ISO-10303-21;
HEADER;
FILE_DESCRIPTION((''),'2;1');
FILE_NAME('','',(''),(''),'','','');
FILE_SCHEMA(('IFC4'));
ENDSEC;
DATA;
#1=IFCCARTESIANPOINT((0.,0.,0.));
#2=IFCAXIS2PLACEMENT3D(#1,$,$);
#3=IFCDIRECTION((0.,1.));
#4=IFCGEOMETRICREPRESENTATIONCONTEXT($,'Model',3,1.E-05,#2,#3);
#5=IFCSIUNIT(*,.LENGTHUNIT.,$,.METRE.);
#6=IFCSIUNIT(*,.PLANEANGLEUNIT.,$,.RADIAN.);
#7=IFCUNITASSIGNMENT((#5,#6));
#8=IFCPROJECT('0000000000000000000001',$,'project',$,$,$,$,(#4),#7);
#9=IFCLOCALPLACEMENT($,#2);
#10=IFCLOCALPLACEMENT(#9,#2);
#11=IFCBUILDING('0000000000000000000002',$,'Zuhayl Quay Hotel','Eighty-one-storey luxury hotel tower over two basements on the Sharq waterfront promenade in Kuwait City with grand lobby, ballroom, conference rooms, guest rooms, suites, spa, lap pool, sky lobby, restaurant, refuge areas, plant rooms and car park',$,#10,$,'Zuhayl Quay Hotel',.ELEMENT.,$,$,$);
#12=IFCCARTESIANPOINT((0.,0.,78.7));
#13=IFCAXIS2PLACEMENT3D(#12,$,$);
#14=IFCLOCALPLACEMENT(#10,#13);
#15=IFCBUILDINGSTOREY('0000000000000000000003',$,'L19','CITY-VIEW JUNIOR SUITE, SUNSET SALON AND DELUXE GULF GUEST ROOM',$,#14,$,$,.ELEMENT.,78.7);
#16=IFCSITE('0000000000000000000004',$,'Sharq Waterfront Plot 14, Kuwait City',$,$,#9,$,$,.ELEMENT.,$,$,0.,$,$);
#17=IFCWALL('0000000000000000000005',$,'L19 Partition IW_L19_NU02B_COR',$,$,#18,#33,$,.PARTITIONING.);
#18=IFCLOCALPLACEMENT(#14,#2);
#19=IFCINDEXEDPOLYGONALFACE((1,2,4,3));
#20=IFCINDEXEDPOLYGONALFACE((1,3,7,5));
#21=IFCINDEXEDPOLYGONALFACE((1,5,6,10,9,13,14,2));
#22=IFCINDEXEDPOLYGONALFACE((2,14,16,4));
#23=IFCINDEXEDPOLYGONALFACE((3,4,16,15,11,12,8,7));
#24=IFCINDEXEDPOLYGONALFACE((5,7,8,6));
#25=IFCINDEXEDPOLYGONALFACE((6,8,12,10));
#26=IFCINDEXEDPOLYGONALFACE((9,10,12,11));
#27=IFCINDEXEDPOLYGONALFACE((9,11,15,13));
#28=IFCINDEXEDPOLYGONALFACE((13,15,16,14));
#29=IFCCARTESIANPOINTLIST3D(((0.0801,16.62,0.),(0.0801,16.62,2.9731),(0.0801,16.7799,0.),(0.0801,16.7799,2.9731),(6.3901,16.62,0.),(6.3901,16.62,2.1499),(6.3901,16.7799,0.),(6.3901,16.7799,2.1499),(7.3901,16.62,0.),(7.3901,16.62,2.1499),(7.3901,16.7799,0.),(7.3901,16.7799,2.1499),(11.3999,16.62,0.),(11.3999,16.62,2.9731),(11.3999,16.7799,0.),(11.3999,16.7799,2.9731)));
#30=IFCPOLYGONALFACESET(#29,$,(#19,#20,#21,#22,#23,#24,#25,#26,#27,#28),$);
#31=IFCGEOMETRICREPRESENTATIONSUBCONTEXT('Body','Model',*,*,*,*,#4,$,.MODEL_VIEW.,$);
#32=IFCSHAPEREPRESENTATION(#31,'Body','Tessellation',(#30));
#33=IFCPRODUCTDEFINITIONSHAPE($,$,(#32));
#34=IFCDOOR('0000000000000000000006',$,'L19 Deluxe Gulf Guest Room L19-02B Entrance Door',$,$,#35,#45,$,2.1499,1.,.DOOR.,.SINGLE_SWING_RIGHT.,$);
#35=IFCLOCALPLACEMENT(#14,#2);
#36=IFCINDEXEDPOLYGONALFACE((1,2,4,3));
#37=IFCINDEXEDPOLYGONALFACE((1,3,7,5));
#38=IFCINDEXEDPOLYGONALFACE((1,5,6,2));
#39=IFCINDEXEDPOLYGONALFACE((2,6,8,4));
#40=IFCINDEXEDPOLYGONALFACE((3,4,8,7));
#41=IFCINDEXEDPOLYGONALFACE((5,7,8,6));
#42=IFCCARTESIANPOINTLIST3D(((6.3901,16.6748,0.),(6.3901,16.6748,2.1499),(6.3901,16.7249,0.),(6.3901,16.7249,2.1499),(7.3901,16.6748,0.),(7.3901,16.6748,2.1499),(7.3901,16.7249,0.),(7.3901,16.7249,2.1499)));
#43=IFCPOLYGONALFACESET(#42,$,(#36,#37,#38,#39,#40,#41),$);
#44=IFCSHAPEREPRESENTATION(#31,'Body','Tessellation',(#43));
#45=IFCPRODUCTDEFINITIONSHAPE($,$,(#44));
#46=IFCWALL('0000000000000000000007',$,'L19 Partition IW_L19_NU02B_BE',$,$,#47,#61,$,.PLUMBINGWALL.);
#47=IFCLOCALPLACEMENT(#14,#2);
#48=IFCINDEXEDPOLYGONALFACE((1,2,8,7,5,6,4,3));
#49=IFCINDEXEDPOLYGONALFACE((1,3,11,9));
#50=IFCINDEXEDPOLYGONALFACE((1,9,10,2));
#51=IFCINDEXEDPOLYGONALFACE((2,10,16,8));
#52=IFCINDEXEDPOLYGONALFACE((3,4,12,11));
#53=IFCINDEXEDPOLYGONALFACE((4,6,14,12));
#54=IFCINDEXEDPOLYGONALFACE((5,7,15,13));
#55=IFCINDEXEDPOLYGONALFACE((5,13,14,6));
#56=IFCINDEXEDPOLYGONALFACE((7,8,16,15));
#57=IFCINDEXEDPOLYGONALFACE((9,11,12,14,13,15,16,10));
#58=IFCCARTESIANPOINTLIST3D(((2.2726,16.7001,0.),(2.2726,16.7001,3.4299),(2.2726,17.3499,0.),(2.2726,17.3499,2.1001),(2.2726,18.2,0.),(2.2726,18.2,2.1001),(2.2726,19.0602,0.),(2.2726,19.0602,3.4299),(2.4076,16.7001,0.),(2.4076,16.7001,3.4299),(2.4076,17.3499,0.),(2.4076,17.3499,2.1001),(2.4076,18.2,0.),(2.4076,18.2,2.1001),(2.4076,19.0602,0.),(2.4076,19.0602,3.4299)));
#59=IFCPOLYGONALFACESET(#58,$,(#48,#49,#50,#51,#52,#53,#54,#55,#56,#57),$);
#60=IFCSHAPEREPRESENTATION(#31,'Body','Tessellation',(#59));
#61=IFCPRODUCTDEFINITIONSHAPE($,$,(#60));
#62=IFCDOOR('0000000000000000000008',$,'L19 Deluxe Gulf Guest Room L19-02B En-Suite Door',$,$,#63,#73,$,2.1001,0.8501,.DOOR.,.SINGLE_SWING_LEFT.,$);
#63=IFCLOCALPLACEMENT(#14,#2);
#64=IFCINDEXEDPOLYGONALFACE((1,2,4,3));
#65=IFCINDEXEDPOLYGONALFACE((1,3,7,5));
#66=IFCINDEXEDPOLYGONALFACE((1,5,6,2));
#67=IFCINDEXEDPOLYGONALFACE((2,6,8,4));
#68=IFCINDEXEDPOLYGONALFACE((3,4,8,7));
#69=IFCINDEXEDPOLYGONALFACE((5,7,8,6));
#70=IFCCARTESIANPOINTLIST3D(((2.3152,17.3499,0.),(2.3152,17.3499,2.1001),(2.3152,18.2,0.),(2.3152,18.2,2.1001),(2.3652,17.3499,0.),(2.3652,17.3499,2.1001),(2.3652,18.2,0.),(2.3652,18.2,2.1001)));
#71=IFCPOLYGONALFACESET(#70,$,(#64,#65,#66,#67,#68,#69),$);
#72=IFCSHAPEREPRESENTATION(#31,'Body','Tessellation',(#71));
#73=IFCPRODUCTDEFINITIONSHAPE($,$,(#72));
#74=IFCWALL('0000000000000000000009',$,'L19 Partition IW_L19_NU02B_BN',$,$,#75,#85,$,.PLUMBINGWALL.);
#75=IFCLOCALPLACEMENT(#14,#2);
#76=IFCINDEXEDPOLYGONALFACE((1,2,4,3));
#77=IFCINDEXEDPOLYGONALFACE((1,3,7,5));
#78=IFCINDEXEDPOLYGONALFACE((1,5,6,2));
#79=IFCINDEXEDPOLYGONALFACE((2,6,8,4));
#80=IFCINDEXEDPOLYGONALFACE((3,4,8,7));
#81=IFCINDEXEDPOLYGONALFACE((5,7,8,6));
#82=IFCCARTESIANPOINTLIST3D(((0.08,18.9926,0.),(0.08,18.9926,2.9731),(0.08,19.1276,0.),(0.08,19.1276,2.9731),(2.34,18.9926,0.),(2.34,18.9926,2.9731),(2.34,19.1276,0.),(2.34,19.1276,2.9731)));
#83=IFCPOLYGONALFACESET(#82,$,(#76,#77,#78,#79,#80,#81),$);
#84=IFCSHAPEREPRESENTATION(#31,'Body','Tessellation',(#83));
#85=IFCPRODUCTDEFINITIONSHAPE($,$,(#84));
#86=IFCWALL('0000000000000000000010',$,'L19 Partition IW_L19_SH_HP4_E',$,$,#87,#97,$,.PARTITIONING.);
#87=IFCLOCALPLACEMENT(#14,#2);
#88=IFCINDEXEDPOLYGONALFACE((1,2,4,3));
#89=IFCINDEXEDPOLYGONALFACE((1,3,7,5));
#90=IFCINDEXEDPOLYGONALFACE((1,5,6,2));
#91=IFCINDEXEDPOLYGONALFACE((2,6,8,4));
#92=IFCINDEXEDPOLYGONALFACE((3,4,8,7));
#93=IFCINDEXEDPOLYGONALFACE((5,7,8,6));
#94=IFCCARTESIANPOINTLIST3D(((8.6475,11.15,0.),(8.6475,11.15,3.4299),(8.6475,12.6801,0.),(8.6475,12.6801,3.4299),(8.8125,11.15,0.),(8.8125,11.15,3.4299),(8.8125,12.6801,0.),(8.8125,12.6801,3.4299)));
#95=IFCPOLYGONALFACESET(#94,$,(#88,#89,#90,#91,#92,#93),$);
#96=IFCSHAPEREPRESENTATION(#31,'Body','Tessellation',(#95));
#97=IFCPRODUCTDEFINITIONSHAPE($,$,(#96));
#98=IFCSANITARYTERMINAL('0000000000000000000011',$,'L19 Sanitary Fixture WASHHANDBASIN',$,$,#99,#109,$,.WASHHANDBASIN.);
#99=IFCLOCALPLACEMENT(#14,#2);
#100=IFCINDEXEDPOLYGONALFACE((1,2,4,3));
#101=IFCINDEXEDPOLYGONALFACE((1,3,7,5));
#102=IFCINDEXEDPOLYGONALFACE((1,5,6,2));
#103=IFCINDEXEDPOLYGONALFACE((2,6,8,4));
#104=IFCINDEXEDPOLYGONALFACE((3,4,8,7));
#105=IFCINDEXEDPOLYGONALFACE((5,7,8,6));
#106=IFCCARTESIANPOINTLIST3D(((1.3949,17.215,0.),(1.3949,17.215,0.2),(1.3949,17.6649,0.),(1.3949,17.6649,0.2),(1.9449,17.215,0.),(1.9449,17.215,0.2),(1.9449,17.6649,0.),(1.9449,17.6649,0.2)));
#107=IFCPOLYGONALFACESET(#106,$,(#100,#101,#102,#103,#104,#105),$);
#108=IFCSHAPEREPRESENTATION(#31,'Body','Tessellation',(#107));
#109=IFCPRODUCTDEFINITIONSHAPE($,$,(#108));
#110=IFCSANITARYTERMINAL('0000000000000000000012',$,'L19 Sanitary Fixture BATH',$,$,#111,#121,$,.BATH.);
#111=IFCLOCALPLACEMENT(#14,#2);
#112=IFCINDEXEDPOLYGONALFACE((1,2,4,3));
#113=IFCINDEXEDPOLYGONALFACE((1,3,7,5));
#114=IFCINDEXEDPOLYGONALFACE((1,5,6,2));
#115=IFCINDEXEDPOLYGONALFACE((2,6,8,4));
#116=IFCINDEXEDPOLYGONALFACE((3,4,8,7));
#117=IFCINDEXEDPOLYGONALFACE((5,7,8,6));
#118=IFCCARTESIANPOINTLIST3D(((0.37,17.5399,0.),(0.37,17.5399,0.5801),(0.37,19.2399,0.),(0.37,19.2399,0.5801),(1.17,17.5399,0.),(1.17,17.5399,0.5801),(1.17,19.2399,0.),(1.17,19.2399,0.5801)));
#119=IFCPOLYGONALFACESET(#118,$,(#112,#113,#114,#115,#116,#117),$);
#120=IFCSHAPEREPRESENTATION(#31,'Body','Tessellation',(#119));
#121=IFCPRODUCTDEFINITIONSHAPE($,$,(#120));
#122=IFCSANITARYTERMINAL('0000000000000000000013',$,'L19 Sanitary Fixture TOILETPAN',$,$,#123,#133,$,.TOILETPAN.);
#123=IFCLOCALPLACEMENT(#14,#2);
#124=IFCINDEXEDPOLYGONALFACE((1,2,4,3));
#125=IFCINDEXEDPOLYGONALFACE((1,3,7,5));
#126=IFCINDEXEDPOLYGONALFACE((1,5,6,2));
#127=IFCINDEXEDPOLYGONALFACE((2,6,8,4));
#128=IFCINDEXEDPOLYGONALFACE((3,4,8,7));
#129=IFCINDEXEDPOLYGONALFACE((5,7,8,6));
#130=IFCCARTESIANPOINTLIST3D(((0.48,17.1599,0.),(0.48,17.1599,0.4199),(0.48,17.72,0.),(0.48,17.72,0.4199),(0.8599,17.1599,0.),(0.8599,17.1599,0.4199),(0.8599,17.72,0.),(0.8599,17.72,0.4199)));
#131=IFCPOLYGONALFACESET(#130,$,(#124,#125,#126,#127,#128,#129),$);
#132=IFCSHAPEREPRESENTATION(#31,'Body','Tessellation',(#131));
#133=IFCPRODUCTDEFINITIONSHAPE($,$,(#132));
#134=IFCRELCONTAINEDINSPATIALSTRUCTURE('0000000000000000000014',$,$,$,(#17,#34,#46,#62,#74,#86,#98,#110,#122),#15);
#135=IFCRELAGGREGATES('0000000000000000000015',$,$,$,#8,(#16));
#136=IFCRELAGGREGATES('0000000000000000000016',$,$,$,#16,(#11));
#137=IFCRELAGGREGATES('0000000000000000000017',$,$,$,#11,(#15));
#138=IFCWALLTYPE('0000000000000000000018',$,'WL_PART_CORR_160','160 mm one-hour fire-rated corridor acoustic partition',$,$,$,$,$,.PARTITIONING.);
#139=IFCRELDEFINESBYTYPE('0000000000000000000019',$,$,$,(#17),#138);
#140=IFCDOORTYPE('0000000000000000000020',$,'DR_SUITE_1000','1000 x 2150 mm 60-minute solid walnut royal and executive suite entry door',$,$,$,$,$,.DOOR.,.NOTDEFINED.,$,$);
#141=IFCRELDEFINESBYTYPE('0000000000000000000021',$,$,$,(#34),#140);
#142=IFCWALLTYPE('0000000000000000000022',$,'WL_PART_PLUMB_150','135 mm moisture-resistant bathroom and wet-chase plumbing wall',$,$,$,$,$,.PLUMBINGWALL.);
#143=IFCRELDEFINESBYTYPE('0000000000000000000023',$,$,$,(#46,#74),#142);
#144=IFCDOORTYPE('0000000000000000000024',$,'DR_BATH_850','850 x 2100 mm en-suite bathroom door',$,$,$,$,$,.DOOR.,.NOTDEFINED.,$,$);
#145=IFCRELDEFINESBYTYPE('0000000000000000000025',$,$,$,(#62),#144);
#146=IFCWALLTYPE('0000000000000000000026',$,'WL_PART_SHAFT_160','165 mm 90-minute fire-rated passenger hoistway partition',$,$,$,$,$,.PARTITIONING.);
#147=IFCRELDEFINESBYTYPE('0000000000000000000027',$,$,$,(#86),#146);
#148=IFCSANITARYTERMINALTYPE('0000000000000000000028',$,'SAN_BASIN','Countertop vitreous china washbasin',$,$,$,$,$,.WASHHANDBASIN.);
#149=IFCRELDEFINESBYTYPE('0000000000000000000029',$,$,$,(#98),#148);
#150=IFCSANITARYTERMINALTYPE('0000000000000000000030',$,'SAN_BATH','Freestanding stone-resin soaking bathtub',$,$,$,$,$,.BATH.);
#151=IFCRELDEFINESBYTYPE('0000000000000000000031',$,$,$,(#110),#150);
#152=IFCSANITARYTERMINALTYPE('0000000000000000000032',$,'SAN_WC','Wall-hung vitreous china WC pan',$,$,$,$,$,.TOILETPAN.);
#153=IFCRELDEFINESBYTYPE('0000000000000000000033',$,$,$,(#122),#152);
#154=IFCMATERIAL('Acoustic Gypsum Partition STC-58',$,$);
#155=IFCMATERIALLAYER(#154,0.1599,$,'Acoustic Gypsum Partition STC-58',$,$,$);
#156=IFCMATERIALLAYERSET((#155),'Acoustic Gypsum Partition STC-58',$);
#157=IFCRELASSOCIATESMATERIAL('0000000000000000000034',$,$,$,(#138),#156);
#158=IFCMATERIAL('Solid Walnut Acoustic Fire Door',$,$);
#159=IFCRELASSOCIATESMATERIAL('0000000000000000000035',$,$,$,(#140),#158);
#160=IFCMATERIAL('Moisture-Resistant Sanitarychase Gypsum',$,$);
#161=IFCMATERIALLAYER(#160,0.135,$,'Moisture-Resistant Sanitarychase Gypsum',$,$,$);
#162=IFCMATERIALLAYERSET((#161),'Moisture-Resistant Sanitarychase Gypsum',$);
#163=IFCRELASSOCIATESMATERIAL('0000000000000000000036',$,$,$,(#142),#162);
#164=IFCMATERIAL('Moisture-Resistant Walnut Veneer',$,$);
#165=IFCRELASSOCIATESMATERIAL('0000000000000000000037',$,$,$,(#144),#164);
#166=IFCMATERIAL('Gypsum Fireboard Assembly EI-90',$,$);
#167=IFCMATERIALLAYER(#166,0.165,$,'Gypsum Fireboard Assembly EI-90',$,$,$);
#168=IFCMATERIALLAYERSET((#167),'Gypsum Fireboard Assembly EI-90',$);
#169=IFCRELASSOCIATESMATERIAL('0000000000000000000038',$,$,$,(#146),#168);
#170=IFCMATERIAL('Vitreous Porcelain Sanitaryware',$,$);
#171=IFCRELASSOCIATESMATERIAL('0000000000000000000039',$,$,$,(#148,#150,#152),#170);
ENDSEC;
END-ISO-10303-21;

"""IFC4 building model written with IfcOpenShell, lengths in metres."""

from ifc_helpers import new_model, si_unit, direction, frame, frame_2d, origin, origin_2d, place, context, subcontext, project, spatial, rectangle, extrude, material, layer, layer_set, type_object, element, fill, save


model = new_model("IFC4")

# Units and contexts
model_context = context("Model", 3, precision=1e-05, world=origin(), true_north=direction((0.0, 1.0)))
body_context = subcontext(model_context, "Body", "Model", "MODEL_VIEW")
ifc_project = project(units=[si_unit("LENGTHUNIT", "METRE"), si_unit("PLANEANGLEUNIT", "RADIAN")], contexts=[model_context])

# Site, building, storey
site_placement = place(None, origin())
site = spatial("IfcSite", under=ifc_project, at=site_placement, Name="Sharq Waterfront Plot 14, Kuwait City", CompositionType="ELEMENT", RefElevation=0.0)
building_placement = place(site_placement, origin())
building = spatial("IfcBuilding", under=site, at=building_placement, Name="Zuhayl Quay Hotel", Description="Eighty-one-storey luxury hotel tower over two basements on the Sharq waterfront promenade in Kuwait City with grand lobby, ballroom, conference rooms, guest rooms, suites, spa, lap pool, sky lobby, restaurant, refuge areas, plant rooms and car park", LongName="Zuhayl Quay Hotel", CompositionType="ELEMENT")
storey_placement = place(building_placement, frame((0.0, 0.0, 78.7)))
storey = spatial("IfcBuildingStorey", under=building, at=storey_placement, Name="L19", Description="CITY-VIEW JUNIOR SUITE, SUNSET SALON AND DELUXE GULF GUEST ROOM", CompositionType="ELEMENT", Elevation=78.7)

# Shared definitions
ifc_material_1 = material(Name="Acoustic Gypsum Partition STC-58")

# Walls, openings, doors
ifc_layer_1 = layer(ifc_material_1, 0.1599, Name="Acoustic Gypsum Partition STC-58")
ifc_layer_set_1 = layer_set([ifc_layer_1], Name="Acoustic Gypsum Partition STC-58")
wall_type_1 = type_object("IfcWallType", Name="WL_PART_CORR_160", Description="160 mm one-hour fire-rated corridor acoustic partition", PredefinedType="PARTITIONING", material=ifc_layer_set_1)
wall_1_placement = place(storey_placement, frame((0.0801, 16.7, 0.0), z_axis=(0.0, 0.0, 1.0), x_axis=(1.0, 0.0, 0.0)))
wall_1 = element("IfcWall", 1, at=wall_1_placement, inside=storey, type_object=wall_type_1, Name="L19 Partition IW_L19_NU02B_COR", PredefinedType="PARTITIONING", context=body_context, shape_type="SweptSolid", body=[
    extrude(rectangle(XDim=11.3198, YDim=0.1599, at=frame_2d((5.6599, 0.0))), origin(), (0.0, 0.0, 1.0), 2.9731),
])
opening_1_placement = place(wall_1_placement, frame((6.3101, 0.0, 0.0)))
opening_1 = element("IfcOpeningElement", 2, at=opening_1_placement, cuts=wall_1, PredefinedType="OPENING", context=body_context, shape_type="SweptSolid", body=[
    extrude(rectangle(XDim=1.0, YDim=2.1499, at=frame_2d((0.5, 1.075))), frame((0.0, 0.0898, 0.0), z_axis=(0.0, -1.0, 0.0), x_axis=(1.0, 0.0, 0.0)), (0.0, 0.0, 1.0), 0.1799),
])
ifc_material_2 = material(Name="Solid Walnut Acoustic Fire Door")
door_type_1 = type_object("IfcDoorType", Name="DR_SUITE_1000", Description="1000 x 2150 mm 60-minute solid walnut royal and executive suite entry door", OperationType="NOTDEFINED", PredefinedType="DOOR", material=ifc_material_2)
door_1_placement = place(opening_1_placement, origin())
door_1 = element("IfcDoor", 3, at=door_1_placement, inside=storey, type_object=door_type_1, Name="L19 Deluxe Gulf Guest Room L19-02B Entrance Door", OperationType="SINGLE_SWING_RIGHT", OverallHeight=2.1499, OverallWidth=1.0, PredefinedType="DOOR", context=body_context, shape_type="SweptSolid", body=[
    extrude(rectangle(XDim=1.0, YDim=2.1499, at=frame_2d((0.5, 1.075))), frame((0.0, 0.0249, 0.0), z_axis=(0.0, -1.0, 0.0), x_axis=(1.0, 0.0, 0.0)), (0.0, 0.0, 1.0), 0.05),
])
fill(opening_1, door_1)
ifc_material_3 = material(Name="Moisture-Resistant Sanitarychase Gypsum")
ifc_layer_2 = layer(ifc_material_3, 0.135, Name="Moisture-Resistant Sanitarychase Gypsum")
ifc_layer_set_2 = layer_set([ifc_layer_2], Name="Moisture-Resistant Sanitarychase Gypsum")
wall_type_2 = type_object("IfcWallType", Name="WL_PART_PLUMB_150", Description="135 mm moisture-resistant bathroom and wet-chase plumbing wall", PredefinedType="PLUMBINGWALL", material=ifc_layer_set_2)
wall_2_placement = place(storey_placement, frame((2.3401, 16.7, 0.0), z_axis=(0.0, 0.0, 1.0), x_axis=(0.0, 1.0, 0.0)))
wall_2 = element("IfcWall", 4, at=wall_2_placement, inside=storey, type_object=wall_type_2, Name="L19 Partition IW_L19_NU02B_BE", PredefinedType="PLUMBINGWALL", context=body_context, shape_type="SweptSolid", body=[
    extrude(rectangle(XDim=2.3601, YDim=0.135, at=frame_2d((1.1802, 0.0))), origin(), (0.0, 0.0, 1.0), 3.4299),
])
opening_2_placement = place(wall_2_placement, frame((0.6499, 0.0, 0.0)))
opening_2 = element("IfcOpeningElement", 5, at=opening_2_placement, cuts=wall_2, PredefinedType="OPENING", context=body_context, shape_type="SweptSolid", body=[
    extrude(rectangle(XDim=0.8501, YDim=2.1001, at=frame_2d((0.425, 1.05))), frame((0.0, 0.0774, 0.0), z_axis=(0.0, -1.0, 0.0), x_axis=(1.0, 0.0, 0.0)), (0.0, 0.0, 1.0), 0.155),
])
ifc_material_4 = material(Name="Moisture-Resistant Walnut Veneer")
door_type_2 = type_object("IfcDoorType", Name="DR_BATH_850", Description="850 x 2100 mm en-suite bathroom door", OperationType="NOTDEFINED", PredefinedType="DOOR", material=ifc_material_4)
door_2_placement = place(opening_2_placement, origin())
door_2 = element("IfcDoor", 6, at=door_2_placement, inside=storey, type_object=door_type_2, Name="L19 Deluxe Gulf Guest Room L19-02B En-Suite Door", OperationType="SINGLE_SWING_LEFT", OverallHeight=2.1001, OverallWidth=0.8501, PredefinedType="DOOR", context=body_context, shape_type="SweptSolid", body=[
    extrude(rectangle(XDim=0.8501, YDim=2.1001, at=frame_2d((0.425, 1.05))), frame((0.0, 0.0249, 0.0), z_axis=(0.0, -1.0, 0.0), x_axis=(1.0, 0.0, 0.0)), (0.0, 0.0, 1.0), 0.05),
])
fill(opening_2, door_2)

# Walls
wall_3_placement = place(storey_placement, frame((0.0801, 19.0601, 0.0), z_axis=(0.0, 0.0, 1.0), x_axis=(1.0, 0.0, 0.0)))
element("IfcWall", 7, at=wall_3_placement, inside=storey, type_object=wall_type_2, Name="L19 Partition IW_L19_NU02B_BN", PredefinedType="PLUMBINGWALL", context=body_context, shape_type="SweptSolid", body=[
    extrude(rectangle(XDim=2.26, YDim=0.135, at=frame_2d((1.1299, 0.0))), origin(), (0.0, 0.0, 1.0), 2.9731),
])
ifc_material_5 = material(Name="Gypsum Fireboard Assembly EI-90")
ifc_layer_3 = layer(ifc_material_5, 0.165, Name="Gypsum Fireboard Assembly EI-90")
ifc_layer_set_3 = layer_set([ifc_layer_3], Name="Gypsum Fireboard Assembly EI-90")
wall_type_3 = type_object("IfcWallType", Name="WL_PART_SHAFT_160", Description="165 mm 90-minute fire-rated passenger hoistway partition", PredefinedType="PARTITIONING", material=ifc_layer_set_3)
wall_4_placement = place(storey_placement, frame((8.73, 11.1499, 0.0), z_axis=(0.0, 0.0, 1.0), x_axis=(0.0, 1.0, 0.0)))
element("IfcWall", 8, at=wall_4_placement, inside=storey, type_object=wall_type_3, Name="L19 Partition IW_L19_SH_HP4_E", PredefinedType="PARTITIONING", context=body_context, shape_type="SweptSolid", body=[
    extrude(rectangle(XDim=1.53, YDim=0.165, at=frame_2d((0.7651, 0.0))), origin(), (0.0, 0.0, 1.0), 3.4299),
])

# Sanitary terminals
ifc_material_6 = material(Name="Vitreous Porcelain Sanitaryware")
sanitary_terminal_type_1 = type_object("IfcSanitaryTerminalType", Name="SAN_BASIN", Description="Countertop vitreous china washbasin", PredefinedType="WASHHANDBASIN", material=ifc_material_6)
sanitary_terminal_1_placement = place(storey_placement, frame((1.6699, 17.4399, 0.0), z_axis=(0.0, 0.0, 1.0), x_axis=(1.0, 0.0, 0.0)))
element("IfcSanitaryTerminal", 9, at=sanitary_terminal_1_placement, inside=storey, type_object=sanitary_terminal_type_1, Name="L19 Sanitary Fixture WASHHANDBASIN", PredefinedType="WASHHANDBASIN", context=body_context, shape_type="SweptSolid", body=[
    extrude(rectangle(XDim=0.55, YDim=0.45, at=origin_2d()), origin(), (0.0, 0.0, 1.0), 0.2),
])
sanitary_terminal_type_2 = type_object("IfcSanitaryTerminalType", Name="SAN_BATH", Description="Freestanding stone-resin soaking bathtub", PredefinedType="BATH", material=ifc_material_6)
sanitary_terminal_2_placement = place(storey_placement, frame((0.77, 18.3899, 0.0), z_axis=(0.0, 0.0, 1.0), x_axis=(1.0, 0.0, 0.0)))
element("IfcSanitaryTerminal", 10, at=sanitary_terminal_2_placement, inside=storey, type_object=sanitary_terminal_type_2, Name="L19 Sanitary Fixture BATH", PredefinedType="BATH", context=body_context, shape_type="SweptSolid", body=[
    extrude(rectangle(XDim=0.8, YDim=1.7, at=origin_2d()), origin(), (0.0, 0.0, 1.0), 0.5801),
])
sanitary_terminal_type_3 = type_object("IfcSanitaryTerminalType", Name="SAN_WC", Description="Wall-hung vitreous china WC pan", PredefinedType="TOILETPAN", material=ifc_material_6)
sanitary_terminal_3_placement = place(storey_placement, frame((0.6699, 17.4399, 0.0), z_axis=(0.0, 0.0, 1.0), x_axis=(1.0, 0.0, 0.0)))
element("IfcSanitaryTerminal", 11, at=sanitary_terminal_3_placement, inside=storey, type_object=sanitary_terminal_type_3, Name="L19 Sanitary Fixture TOILETPAN", PredefinedType="TOILETPAN", context=body_context, shape_type="SweptSolid", body=[
    extrude(rectangle(XDim=0.3799, YDim=0.5601, at=origin_2d()), origin(), (0.0, 0.0, 1.0), 0.4199),
])

save(model, "model.ifc")
